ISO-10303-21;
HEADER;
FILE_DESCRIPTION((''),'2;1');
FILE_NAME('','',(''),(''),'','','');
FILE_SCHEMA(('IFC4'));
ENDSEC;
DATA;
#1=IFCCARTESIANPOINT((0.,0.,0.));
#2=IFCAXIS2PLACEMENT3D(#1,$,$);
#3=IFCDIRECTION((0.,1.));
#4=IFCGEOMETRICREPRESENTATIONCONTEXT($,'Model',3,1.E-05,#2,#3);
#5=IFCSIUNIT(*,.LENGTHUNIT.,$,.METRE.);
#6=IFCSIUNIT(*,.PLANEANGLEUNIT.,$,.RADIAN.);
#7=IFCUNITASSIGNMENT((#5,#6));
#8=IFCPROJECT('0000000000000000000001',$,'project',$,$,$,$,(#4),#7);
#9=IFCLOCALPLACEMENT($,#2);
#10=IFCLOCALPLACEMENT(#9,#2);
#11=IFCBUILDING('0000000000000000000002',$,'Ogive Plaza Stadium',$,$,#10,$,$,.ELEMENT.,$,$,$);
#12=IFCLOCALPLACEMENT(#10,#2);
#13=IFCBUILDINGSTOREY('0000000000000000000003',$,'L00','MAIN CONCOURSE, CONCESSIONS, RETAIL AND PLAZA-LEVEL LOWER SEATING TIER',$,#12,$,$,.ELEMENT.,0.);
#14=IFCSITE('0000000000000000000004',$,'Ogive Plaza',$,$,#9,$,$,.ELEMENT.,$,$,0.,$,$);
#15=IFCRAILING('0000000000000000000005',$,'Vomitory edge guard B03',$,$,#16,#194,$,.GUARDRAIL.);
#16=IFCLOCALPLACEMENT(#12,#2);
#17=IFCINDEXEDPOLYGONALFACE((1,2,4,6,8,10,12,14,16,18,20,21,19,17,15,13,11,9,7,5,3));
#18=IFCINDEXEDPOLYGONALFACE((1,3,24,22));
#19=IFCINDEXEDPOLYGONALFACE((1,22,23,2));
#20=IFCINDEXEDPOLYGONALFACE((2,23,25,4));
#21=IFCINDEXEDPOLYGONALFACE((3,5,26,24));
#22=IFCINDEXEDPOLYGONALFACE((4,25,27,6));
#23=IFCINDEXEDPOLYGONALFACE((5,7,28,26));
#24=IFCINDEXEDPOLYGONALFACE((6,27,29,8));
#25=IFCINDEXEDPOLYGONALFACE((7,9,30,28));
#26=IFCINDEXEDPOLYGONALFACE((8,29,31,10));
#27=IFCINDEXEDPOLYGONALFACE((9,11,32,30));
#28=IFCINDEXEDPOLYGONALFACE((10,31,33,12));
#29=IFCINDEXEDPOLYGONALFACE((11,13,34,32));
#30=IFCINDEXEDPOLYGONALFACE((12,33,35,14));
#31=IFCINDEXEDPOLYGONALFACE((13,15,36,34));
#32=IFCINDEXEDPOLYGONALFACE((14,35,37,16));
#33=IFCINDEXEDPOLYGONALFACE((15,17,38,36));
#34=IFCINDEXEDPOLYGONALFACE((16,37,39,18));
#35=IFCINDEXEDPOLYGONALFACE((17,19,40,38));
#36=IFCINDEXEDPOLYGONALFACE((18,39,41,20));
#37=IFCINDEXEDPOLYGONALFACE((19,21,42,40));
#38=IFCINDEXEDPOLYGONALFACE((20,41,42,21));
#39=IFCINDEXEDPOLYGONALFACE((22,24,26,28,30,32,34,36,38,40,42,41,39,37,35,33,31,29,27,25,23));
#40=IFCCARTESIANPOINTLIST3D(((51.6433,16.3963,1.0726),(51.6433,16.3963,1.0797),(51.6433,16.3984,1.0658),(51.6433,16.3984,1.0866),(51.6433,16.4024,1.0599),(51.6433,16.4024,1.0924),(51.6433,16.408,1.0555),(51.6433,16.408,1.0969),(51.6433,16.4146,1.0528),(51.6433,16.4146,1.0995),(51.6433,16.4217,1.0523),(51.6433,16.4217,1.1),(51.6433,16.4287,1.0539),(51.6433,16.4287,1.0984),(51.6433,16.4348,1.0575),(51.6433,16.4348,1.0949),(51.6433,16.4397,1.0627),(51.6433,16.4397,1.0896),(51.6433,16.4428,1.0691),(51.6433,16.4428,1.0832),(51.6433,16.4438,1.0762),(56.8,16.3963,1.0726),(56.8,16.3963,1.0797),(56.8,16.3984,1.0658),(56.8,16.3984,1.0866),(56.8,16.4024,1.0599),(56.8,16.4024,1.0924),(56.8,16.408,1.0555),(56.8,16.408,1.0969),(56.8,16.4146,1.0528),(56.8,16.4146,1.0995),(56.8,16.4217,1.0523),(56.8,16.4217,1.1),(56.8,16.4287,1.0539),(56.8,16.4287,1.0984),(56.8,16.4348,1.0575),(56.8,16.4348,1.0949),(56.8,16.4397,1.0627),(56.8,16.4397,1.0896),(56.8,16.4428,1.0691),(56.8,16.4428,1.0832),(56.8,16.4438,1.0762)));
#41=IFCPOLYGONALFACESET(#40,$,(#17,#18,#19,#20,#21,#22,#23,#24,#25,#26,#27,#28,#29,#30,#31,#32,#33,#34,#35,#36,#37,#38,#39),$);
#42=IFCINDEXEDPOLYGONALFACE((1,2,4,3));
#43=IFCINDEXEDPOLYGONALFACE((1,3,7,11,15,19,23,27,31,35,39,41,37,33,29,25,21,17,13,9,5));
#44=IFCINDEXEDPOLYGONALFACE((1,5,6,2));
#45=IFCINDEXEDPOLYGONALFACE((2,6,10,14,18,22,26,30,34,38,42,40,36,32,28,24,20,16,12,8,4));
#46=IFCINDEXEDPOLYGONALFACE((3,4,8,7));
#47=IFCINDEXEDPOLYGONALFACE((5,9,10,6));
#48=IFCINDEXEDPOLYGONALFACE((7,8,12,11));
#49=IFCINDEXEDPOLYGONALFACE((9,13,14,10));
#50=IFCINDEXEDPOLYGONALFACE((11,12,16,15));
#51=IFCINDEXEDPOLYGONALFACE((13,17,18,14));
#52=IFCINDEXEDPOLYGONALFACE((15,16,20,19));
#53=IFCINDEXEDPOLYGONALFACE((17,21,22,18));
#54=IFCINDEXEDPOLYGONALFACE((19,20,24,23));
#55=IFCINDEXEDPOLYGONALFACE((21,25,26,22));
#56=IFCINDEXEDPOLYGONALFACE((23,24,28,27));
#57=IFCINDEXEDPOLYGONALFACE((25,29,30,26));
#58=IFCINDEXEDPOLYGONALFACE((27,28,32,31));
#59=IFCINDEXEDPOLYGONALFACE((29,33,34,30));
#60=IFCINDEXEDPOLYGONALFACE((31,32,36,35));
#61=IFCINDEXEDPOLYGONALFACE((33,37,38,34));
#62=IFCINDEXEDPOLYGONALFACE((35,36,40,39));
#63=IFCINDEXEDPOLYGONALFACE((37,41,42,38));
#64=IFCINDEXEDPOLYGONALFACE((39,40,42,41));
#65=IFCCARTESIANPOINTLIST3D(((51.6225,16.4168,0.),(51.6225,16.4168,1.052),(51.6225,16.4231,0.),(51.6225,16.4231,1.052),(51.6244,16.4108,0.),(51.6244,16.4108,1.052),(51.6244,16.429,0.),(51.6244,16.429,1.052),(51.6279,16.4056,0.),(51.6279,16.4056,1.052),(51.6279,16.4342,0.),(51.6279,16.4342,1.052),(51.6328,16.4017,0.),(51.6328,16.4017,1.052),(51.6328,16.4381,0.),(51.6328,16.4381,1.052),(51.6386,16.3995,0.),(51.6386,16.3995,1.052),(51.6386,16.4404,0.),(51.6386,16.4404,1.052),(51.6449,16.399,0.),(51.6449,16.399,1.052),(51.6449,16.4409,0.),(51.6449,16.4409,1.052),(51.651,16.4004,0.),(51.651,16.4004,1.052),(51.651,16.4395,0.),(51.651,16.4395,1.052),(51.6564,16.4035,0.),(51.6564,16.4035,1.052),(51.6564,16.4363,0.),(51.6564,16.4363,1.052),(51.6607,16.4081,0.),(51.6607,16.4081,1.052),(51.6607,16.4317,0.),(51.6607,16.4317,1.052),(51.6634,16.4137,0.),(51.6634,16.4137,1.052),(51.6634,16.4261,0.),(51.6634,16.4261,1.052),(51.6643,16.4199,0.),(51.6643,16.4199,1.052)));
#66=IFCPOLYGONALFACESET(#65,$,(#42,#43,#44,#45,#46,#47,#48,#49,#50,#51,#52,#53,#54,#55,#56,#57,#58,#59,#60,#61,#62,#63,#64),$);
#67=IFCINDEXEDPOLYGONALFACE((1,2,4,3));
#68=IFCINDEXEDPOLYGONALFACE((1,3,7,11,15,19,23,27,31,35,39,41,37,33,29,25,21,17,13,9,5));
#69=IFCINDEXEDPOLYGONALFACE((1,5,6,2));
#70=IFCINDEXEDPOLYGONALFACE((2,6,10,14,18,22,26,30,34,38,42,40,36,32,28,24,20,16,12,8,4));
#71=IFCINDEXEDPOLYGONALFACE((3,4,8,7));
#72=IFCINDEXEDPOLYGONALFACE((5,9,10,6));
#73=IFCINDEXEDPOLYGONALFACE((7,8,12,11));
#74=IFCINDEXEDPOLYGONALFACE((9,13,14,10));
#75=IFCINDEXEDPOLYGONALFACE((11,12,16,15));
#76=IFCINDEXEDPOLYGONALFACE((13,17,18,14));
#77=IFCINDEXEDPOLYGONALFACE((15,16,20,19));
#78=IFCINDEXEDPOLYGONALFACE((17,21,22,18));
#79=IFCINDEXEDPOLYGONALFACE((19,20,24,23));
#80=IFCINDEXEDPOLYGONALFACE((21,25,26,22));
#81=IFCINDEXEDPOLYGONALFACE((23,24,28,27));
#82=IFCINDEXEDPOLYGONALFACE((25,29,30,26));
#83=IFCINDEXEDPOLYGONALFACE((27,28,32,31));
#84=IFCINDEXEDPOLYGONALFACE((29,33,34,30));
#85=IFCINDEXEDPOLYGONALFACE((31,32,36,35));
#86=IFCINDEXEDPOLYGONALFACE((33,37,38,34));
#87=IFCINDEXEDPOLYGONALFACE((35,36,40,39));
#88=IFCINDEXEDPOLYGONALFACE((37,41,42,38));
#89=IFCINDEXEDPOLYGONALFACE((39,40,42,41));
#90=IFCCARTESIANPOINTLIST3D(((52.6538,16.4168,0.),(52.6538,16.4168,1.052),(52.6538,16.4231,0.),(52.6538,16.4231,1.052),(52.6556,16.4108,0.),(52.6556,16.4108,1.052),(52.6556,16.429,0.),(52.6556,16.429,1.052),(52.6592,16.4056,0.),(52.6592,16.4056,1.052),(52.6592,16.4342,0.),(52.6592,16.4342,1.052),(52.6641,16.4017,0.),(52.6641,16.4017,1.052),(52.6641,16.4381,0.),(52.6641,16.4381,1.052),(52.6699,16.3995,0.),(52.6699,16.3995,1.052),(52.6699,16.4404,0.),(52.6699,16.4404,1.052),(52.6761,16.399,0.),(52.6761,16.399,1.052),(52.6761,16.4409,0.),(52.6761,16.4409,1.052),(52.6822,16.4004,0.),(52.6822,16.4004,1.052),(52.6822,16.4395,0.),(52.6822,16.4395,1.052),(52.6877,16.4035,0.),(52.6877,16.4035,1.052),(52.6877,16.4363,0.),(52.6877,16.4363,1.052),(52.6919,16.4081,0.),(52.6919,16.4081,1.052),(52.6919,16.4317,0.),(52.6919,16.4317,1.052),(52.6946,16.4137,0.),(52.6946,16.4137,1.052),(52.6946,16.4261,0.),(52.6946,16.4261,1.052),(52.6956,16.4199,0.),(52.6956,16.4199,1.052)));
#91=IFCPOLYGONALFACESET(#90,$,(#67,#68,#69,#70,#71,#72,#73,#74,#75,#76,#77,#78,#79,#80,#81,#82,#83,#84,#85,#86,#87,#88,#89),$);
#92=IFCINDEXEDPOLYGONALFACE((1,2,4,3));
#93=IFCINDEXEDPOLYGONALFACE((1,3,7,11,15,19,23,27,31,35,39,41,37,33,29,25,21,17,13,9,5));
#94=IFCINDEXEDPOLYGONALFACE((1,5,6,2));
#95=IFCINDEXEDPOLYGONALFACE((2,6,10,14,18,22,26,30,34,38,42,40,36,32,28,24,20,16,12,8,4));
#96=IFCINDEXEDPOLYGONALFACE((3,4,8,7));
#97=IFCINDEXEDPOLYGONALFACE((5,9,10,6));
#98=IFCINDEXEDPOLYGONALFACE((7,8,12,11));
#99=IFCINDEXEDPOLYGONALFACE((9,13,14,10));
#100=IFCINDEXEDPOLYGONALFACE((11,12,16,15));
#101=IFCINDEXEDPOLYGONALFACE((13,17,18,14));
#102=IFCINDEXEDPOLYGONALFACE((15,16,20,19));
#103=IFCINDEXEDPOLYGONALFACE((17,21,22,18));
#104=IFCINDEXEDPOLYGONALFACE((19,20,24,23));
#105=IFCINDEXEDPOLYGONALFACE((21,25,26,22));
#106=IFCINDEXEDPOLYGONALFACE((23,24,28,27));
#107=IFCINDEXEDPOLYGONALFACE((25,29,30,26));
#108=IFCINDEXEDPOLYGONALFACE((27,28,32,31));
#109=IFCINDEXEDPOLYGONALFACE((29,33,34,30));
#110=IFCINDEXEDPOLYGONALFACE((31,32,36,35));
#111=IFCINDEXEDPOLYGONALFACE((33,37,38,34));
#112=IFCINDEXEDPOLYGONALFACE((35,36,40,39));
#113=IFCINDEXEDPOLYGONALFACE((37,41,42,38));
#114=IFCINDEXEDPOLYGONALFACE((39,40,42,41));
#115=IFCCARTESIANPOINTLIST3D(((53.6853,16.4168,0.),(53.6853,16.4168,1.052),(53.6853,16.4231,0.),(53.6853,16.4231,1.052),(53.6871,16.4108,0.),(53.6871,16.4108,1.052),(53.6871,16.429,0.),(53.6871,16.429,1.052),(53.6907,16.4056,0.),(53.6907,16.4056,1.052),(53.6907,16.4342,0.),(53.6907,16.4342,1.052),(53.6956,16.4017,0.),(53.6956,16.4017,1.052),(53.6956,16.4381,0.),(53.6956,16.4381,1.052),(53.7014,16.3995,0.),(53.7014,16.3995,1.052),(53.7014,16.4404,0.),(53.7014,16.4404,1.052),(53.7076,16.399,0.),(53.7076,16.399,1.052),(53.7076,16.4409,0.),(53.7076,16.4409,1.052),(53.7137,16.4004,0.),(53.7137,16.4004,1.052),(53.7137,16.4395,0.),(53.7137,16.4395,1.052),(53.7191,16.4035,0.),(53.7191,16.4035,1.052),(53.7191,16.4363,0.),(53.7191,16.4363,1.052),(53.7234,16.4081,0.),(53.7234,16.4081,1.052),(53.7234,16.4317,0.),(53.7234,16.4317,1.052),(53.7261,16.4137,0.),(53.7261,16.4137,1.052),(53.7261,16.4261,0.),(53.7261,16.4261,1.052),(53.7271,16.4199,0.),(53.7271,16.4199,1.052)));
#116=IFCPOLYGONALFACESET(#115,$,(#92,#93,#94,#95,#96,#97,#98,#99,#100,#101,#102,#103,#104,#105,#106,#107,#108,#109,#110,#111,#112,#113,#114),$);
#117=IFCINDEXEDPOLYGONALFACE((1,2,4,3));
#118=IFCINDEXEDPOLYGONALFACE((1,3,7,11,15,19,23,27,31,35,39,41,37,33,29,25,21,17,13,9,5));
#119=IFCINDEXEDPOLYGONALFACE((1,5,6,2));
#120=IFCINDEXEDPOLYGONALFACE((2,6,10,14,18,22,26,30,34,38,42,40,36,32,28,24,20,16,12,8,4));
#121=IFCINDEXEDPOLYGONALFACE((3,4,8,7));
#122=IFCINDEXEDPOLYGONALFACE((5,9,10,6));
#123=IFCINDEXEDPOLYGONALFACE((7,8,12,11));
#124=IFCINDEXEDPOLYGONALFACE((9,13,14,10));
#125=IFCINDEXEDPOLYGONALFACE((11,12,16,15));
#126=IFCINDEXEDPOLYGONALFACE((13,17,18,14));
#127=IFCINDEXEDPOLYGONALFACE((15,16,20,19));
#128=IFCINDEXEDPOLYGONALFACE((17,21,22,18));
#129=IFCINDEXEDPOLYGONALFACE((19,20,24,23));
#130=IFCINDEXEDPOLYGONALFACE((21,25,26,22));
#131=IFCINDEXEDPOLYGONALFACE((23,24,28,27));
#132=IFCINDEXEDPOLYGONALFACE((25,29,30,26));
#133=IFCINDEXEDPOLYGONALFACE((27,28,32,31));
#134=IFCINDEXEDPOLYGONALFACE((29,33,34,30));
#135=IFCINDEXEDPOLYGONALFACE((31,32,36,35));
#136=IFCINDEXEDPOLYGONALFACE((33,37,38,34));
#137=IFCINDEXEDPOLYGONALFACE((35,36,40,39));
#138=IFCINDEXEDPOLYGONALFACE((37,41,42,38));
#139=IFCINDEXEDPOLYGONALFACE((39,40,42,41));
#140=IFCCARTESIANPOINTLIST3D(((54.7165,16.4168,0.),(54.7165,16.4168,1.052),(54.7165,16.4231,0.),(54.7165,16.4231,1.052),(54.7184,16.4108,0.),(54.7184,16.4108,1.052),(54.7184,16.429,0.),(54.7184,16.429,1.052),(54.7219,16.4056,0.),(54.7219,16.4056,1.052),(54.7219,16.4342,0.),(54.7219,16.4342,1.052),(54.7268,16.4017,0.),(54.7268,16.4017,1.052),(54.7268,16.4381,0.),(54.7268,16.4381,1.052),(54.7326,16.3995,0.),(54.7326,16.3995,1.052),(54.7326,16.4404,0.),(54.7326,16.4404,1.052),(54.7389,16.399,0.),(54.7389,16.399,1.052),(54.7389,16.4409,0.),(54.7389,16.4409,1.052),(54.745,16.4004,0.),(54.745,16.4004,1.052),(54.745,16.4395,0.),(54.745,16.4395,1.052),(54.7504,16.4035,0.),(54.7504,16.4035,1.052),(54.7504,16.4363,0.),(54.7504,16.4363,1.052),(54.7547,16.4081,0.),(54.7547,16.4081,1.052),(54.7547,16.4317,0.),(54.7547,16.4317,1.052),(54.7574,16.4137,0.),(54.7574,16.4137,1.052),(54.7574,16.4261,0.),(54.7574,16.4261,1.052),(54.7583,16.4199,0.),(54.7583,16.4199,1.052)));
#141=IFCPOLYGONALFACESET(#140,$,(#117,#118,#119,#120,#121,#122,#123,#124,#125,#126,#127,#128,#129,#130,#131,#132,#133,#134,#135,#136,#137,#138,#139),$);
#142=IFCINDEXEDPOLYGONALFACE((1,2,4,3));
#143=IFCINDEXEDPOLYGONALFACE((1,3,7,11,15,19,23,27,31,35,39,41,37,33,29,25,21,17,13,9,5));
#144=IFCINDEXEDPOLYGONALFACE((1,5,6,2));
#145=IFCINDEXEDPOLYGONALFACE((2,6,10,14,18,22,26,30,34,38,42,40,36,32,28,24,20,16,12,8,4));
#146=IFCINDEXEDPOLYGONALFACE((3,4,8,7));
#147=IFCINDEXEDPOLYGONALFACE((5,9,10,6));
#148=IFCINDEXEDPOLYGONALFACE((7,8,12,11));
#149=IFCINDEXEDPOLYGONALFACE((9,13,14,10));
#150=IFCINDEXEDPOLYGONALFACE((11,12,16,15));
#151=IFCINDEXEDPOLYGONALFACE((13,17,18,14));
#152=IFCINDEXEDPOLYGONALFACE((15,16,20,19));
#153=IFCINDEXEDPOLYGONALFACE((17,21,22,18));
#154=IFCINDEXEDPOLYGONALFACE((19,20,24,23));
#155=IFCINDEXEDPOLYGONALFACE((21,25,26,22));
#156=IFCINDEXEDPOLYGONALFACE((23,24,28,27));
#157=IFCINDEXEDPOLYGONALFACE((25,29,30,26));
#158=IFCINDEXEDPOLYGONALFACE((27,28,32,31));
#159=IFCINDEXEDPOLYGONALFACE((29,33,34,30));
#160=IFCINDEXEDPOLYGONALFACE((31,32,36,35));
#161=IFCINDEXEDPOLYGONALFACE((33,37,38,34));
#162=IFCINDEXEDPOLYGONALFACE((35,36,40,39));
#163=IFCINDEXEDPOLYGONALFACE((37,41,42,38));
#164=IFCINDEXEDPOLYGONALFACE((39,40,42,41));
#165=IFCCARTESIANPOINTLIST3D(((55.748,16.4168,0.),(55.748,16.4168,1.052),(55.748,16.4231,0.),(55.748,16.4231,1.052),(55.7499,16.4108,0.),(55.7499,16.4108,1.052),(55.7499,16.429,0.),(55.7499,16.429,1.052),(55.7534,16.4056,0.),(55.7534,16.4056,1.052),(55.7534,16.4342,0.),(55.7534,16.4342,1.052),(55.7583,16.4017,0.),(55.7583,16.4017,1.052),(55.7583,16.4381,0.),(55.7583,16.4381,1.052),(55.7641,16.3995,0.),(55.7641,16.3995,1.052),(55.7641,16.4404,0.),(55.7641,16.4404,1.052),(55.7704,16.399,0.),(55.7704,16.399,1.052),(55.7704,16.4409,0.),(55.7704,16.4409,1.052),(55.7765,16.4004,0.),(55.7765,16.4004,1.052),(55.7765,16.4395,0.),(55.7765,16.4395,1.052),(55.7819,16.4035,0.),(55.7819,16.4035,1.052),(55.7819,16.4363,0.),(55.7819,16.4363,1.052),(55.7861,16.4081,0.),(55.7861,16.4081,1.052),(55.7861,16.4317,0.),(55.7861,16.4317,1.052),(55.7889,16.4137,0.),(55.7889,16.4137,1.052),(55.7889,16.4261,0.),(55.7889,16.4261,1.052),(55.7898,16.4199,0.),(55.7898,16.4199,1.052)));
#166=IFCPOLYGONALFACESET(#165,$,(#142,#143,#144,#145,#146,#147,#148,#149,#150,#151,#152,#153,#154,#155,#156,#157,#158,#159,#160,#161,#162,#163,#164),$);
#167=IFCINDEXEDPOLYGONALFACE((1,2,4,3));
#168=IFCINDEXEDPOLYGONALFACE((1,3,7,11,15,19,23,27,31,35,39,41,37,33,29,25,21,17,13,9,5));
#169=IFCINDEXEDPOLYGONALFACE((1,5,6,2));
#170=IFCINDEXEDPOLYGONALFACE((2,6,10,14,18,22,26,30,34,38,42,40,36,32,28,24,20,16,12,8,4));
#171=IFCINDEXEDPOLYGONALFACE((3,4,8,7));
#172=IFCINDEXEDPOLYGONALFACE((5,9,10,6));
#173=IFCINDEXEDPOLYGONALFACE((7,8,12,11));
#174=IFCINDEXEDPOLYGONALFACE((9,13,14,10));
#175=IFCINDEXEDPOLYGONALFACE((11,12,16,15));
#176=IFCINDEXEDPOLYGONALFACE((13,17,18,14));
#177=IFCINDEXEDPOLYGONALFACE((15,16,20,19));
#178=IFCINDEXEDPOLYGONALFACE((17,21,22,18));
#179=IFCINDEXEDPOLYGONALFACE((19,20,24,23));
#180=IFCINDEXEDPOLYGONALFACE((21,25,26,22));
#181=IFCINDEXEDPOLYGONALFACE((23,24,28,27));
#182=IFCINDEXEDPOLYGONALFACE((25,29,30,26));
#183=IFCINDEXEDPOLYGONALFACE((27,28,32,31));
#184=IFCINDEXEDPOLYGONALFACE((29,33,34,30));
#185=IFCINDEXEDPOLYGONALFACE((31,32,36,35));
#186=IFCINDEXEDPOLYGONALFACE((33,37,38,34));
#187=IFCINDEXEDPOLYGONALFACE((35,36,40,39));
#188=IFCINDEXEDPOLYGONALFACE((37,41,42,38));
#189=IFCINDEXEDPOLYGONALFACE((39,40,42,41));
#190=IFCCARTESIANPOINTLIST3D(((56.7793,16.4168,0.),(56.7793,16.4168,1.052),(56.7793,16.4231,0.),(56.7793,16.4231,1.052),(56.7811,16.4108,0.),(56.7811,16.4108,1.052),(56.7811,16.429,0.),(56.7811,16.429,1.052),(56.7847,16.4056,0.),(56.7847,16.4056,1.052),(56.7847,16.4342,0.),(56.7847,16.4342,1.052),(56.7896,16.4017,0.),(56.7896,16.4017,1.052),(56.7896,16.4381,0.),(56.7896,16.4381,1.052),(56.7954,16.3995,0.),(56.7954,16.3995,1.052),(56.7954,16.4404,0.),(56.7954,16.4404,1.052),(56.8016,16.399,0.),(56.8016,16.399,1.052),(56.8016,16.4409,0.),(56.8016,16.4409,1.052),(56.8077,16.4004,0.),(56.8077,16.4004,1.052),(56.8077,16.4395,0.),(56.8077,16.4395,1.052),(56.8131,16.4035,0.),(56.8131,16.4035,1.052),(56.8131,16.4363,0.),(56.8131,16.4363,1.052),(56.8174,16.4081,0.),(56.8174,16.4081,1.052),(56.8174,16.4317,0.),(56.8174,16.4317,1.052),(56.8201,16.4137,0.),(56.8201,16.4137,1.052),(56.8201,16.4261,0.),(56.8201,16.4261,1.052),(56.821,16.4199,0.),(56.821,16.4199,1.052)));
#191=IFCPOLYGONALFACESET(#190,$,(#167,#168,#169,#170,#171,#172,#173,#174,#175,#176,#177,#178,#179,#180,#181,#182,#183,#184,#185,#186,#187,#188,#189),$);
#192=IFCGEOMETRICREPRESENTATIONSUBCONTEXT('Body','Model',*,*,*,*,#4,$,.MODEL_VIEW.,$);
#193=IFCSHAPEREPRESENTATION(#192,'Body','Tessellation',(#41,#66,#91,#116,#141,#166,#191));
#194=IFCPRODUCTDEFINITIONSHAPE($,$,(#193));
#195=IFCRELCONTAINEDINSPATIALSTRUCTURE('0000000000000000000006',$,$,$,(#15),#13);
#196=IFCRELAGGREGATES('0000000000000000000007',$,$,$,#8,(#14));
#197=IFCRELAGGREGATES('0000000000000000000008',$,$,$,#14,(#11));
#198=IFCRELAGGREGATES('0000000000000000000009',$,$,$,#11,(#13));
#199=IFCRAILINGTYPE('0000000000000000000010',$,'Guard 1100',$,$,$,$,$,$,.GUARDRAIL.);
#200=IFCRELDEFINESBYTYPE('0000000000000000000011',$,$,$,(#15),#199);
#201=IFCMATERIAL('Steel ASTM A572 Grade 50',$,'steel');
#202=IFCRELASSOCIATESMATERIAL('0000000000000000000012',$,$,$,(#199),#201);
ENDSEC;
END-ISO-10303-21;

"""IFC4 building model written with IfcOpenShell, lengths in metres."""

from ifc_helpers import new_model, si_unit, direction, frame, origin, origin_2d, place, context, subcontext, project, spatial, circle, extrude, material, type_object, element, save


model = new_model("IFC4")

# Units and contexts
model_context = context("Model", 3, precision=1e-05, world=origin(), true_north=direction((0.0, 1.0)))
body_context = subcontext(model_context, "Body", "Model", "MODEL_VIEW")
ifc_project = project(units=[si_unit("LENGTHUNIT", "METRE"), si_unit("PLANEANGLEUNIT", "RADIAN")], contexts=[model_context])

# Site, building, storey
site_placement = place(None, origin())
site = spatial("IfcSite", under=ifc_project, at=site_placement, Name="Ogive Plaza", CompositionType="ELEMENT", RefElevation=0.0)
building_placement = place(site_placement, origin())
building = spatial("IfcBuilding", under=site, at=building_placement, Name="Ogive Plaza Stadium", CompositionType="ELEMENT")
storey_placement = place(building_placement, origin())
storey = spatial("IfcBuildingStorey", under=building, at=storey_placement, Name="L00", Description="MAIN CONCOURSE, CONCESSIONS, RETAIL AND PLAZA-LEVEL LOWER SEATING TIER", CompositionType="ELEMENT", Elevation=0.0)

# Railing
ifc_material_1 = material(Name="Steel ASTM A572 Grade 50", Category="steel")
railing_type = type_object("IfcRailingType", Name="Guard 1100", PredefinedType="GUARDRAIL", material=ifc_material_1)
for number, where, name in (
    (1, (51.6433, 16.4199, 0.0), "Vomitory edge guard B03"),
):
    element("IfcRailing", number, at=place(storey_placement, frame(where)), inside=storey, type_object=railing_type, Name=name, PredefinedType="GUARDRAIL", context=body_context, shape_type="SweptSolid", body=[
        extrude(circle(Radius=0.0239, at=origin_2d()), frame((0.0, 0.0, 1.0762), z_axis=(1.0, 0.0, 0.0), x_axis=(0.0, 1.0, 0.0)), (0.0, 0.0, 1.0), 5.1567),
        extrude(circle(Radius=0.021, at=origin_2d()), origin(), (0.0, 0.0, 1.0), 1.052),
        extrude(circle(Radius=0.021, at=origin_2d()), frame((1.0312, 0.0, 0.0)), (0.0, 0.0, 1.0), 1.052),
        extrude(circle(Radius=0.021, at=origin_2d()), frame((2.0627, 0.0, 0.0)), (0.0, 0.0, 1.0), 1.052),
        extrude(circle(Radius=0.021, at=origin_2d()), frame((3.094, 0.0, 0.0)), (0.0, 0.0, 1.0), 1.052),
        extrude(circle(Radius=0.021, at=origin_2d()), frame((4.1255, 0.0, 0.0)), (0.0, 0.0, 1.0), 1.052),
        extrude(circle(Radius=0.021, at=origin_2d()), frame((5.1567, 0.0, 0.0)), (0.0, 0.0, 1.0), 1.052),
    ])

save(model, "model.ifc")
